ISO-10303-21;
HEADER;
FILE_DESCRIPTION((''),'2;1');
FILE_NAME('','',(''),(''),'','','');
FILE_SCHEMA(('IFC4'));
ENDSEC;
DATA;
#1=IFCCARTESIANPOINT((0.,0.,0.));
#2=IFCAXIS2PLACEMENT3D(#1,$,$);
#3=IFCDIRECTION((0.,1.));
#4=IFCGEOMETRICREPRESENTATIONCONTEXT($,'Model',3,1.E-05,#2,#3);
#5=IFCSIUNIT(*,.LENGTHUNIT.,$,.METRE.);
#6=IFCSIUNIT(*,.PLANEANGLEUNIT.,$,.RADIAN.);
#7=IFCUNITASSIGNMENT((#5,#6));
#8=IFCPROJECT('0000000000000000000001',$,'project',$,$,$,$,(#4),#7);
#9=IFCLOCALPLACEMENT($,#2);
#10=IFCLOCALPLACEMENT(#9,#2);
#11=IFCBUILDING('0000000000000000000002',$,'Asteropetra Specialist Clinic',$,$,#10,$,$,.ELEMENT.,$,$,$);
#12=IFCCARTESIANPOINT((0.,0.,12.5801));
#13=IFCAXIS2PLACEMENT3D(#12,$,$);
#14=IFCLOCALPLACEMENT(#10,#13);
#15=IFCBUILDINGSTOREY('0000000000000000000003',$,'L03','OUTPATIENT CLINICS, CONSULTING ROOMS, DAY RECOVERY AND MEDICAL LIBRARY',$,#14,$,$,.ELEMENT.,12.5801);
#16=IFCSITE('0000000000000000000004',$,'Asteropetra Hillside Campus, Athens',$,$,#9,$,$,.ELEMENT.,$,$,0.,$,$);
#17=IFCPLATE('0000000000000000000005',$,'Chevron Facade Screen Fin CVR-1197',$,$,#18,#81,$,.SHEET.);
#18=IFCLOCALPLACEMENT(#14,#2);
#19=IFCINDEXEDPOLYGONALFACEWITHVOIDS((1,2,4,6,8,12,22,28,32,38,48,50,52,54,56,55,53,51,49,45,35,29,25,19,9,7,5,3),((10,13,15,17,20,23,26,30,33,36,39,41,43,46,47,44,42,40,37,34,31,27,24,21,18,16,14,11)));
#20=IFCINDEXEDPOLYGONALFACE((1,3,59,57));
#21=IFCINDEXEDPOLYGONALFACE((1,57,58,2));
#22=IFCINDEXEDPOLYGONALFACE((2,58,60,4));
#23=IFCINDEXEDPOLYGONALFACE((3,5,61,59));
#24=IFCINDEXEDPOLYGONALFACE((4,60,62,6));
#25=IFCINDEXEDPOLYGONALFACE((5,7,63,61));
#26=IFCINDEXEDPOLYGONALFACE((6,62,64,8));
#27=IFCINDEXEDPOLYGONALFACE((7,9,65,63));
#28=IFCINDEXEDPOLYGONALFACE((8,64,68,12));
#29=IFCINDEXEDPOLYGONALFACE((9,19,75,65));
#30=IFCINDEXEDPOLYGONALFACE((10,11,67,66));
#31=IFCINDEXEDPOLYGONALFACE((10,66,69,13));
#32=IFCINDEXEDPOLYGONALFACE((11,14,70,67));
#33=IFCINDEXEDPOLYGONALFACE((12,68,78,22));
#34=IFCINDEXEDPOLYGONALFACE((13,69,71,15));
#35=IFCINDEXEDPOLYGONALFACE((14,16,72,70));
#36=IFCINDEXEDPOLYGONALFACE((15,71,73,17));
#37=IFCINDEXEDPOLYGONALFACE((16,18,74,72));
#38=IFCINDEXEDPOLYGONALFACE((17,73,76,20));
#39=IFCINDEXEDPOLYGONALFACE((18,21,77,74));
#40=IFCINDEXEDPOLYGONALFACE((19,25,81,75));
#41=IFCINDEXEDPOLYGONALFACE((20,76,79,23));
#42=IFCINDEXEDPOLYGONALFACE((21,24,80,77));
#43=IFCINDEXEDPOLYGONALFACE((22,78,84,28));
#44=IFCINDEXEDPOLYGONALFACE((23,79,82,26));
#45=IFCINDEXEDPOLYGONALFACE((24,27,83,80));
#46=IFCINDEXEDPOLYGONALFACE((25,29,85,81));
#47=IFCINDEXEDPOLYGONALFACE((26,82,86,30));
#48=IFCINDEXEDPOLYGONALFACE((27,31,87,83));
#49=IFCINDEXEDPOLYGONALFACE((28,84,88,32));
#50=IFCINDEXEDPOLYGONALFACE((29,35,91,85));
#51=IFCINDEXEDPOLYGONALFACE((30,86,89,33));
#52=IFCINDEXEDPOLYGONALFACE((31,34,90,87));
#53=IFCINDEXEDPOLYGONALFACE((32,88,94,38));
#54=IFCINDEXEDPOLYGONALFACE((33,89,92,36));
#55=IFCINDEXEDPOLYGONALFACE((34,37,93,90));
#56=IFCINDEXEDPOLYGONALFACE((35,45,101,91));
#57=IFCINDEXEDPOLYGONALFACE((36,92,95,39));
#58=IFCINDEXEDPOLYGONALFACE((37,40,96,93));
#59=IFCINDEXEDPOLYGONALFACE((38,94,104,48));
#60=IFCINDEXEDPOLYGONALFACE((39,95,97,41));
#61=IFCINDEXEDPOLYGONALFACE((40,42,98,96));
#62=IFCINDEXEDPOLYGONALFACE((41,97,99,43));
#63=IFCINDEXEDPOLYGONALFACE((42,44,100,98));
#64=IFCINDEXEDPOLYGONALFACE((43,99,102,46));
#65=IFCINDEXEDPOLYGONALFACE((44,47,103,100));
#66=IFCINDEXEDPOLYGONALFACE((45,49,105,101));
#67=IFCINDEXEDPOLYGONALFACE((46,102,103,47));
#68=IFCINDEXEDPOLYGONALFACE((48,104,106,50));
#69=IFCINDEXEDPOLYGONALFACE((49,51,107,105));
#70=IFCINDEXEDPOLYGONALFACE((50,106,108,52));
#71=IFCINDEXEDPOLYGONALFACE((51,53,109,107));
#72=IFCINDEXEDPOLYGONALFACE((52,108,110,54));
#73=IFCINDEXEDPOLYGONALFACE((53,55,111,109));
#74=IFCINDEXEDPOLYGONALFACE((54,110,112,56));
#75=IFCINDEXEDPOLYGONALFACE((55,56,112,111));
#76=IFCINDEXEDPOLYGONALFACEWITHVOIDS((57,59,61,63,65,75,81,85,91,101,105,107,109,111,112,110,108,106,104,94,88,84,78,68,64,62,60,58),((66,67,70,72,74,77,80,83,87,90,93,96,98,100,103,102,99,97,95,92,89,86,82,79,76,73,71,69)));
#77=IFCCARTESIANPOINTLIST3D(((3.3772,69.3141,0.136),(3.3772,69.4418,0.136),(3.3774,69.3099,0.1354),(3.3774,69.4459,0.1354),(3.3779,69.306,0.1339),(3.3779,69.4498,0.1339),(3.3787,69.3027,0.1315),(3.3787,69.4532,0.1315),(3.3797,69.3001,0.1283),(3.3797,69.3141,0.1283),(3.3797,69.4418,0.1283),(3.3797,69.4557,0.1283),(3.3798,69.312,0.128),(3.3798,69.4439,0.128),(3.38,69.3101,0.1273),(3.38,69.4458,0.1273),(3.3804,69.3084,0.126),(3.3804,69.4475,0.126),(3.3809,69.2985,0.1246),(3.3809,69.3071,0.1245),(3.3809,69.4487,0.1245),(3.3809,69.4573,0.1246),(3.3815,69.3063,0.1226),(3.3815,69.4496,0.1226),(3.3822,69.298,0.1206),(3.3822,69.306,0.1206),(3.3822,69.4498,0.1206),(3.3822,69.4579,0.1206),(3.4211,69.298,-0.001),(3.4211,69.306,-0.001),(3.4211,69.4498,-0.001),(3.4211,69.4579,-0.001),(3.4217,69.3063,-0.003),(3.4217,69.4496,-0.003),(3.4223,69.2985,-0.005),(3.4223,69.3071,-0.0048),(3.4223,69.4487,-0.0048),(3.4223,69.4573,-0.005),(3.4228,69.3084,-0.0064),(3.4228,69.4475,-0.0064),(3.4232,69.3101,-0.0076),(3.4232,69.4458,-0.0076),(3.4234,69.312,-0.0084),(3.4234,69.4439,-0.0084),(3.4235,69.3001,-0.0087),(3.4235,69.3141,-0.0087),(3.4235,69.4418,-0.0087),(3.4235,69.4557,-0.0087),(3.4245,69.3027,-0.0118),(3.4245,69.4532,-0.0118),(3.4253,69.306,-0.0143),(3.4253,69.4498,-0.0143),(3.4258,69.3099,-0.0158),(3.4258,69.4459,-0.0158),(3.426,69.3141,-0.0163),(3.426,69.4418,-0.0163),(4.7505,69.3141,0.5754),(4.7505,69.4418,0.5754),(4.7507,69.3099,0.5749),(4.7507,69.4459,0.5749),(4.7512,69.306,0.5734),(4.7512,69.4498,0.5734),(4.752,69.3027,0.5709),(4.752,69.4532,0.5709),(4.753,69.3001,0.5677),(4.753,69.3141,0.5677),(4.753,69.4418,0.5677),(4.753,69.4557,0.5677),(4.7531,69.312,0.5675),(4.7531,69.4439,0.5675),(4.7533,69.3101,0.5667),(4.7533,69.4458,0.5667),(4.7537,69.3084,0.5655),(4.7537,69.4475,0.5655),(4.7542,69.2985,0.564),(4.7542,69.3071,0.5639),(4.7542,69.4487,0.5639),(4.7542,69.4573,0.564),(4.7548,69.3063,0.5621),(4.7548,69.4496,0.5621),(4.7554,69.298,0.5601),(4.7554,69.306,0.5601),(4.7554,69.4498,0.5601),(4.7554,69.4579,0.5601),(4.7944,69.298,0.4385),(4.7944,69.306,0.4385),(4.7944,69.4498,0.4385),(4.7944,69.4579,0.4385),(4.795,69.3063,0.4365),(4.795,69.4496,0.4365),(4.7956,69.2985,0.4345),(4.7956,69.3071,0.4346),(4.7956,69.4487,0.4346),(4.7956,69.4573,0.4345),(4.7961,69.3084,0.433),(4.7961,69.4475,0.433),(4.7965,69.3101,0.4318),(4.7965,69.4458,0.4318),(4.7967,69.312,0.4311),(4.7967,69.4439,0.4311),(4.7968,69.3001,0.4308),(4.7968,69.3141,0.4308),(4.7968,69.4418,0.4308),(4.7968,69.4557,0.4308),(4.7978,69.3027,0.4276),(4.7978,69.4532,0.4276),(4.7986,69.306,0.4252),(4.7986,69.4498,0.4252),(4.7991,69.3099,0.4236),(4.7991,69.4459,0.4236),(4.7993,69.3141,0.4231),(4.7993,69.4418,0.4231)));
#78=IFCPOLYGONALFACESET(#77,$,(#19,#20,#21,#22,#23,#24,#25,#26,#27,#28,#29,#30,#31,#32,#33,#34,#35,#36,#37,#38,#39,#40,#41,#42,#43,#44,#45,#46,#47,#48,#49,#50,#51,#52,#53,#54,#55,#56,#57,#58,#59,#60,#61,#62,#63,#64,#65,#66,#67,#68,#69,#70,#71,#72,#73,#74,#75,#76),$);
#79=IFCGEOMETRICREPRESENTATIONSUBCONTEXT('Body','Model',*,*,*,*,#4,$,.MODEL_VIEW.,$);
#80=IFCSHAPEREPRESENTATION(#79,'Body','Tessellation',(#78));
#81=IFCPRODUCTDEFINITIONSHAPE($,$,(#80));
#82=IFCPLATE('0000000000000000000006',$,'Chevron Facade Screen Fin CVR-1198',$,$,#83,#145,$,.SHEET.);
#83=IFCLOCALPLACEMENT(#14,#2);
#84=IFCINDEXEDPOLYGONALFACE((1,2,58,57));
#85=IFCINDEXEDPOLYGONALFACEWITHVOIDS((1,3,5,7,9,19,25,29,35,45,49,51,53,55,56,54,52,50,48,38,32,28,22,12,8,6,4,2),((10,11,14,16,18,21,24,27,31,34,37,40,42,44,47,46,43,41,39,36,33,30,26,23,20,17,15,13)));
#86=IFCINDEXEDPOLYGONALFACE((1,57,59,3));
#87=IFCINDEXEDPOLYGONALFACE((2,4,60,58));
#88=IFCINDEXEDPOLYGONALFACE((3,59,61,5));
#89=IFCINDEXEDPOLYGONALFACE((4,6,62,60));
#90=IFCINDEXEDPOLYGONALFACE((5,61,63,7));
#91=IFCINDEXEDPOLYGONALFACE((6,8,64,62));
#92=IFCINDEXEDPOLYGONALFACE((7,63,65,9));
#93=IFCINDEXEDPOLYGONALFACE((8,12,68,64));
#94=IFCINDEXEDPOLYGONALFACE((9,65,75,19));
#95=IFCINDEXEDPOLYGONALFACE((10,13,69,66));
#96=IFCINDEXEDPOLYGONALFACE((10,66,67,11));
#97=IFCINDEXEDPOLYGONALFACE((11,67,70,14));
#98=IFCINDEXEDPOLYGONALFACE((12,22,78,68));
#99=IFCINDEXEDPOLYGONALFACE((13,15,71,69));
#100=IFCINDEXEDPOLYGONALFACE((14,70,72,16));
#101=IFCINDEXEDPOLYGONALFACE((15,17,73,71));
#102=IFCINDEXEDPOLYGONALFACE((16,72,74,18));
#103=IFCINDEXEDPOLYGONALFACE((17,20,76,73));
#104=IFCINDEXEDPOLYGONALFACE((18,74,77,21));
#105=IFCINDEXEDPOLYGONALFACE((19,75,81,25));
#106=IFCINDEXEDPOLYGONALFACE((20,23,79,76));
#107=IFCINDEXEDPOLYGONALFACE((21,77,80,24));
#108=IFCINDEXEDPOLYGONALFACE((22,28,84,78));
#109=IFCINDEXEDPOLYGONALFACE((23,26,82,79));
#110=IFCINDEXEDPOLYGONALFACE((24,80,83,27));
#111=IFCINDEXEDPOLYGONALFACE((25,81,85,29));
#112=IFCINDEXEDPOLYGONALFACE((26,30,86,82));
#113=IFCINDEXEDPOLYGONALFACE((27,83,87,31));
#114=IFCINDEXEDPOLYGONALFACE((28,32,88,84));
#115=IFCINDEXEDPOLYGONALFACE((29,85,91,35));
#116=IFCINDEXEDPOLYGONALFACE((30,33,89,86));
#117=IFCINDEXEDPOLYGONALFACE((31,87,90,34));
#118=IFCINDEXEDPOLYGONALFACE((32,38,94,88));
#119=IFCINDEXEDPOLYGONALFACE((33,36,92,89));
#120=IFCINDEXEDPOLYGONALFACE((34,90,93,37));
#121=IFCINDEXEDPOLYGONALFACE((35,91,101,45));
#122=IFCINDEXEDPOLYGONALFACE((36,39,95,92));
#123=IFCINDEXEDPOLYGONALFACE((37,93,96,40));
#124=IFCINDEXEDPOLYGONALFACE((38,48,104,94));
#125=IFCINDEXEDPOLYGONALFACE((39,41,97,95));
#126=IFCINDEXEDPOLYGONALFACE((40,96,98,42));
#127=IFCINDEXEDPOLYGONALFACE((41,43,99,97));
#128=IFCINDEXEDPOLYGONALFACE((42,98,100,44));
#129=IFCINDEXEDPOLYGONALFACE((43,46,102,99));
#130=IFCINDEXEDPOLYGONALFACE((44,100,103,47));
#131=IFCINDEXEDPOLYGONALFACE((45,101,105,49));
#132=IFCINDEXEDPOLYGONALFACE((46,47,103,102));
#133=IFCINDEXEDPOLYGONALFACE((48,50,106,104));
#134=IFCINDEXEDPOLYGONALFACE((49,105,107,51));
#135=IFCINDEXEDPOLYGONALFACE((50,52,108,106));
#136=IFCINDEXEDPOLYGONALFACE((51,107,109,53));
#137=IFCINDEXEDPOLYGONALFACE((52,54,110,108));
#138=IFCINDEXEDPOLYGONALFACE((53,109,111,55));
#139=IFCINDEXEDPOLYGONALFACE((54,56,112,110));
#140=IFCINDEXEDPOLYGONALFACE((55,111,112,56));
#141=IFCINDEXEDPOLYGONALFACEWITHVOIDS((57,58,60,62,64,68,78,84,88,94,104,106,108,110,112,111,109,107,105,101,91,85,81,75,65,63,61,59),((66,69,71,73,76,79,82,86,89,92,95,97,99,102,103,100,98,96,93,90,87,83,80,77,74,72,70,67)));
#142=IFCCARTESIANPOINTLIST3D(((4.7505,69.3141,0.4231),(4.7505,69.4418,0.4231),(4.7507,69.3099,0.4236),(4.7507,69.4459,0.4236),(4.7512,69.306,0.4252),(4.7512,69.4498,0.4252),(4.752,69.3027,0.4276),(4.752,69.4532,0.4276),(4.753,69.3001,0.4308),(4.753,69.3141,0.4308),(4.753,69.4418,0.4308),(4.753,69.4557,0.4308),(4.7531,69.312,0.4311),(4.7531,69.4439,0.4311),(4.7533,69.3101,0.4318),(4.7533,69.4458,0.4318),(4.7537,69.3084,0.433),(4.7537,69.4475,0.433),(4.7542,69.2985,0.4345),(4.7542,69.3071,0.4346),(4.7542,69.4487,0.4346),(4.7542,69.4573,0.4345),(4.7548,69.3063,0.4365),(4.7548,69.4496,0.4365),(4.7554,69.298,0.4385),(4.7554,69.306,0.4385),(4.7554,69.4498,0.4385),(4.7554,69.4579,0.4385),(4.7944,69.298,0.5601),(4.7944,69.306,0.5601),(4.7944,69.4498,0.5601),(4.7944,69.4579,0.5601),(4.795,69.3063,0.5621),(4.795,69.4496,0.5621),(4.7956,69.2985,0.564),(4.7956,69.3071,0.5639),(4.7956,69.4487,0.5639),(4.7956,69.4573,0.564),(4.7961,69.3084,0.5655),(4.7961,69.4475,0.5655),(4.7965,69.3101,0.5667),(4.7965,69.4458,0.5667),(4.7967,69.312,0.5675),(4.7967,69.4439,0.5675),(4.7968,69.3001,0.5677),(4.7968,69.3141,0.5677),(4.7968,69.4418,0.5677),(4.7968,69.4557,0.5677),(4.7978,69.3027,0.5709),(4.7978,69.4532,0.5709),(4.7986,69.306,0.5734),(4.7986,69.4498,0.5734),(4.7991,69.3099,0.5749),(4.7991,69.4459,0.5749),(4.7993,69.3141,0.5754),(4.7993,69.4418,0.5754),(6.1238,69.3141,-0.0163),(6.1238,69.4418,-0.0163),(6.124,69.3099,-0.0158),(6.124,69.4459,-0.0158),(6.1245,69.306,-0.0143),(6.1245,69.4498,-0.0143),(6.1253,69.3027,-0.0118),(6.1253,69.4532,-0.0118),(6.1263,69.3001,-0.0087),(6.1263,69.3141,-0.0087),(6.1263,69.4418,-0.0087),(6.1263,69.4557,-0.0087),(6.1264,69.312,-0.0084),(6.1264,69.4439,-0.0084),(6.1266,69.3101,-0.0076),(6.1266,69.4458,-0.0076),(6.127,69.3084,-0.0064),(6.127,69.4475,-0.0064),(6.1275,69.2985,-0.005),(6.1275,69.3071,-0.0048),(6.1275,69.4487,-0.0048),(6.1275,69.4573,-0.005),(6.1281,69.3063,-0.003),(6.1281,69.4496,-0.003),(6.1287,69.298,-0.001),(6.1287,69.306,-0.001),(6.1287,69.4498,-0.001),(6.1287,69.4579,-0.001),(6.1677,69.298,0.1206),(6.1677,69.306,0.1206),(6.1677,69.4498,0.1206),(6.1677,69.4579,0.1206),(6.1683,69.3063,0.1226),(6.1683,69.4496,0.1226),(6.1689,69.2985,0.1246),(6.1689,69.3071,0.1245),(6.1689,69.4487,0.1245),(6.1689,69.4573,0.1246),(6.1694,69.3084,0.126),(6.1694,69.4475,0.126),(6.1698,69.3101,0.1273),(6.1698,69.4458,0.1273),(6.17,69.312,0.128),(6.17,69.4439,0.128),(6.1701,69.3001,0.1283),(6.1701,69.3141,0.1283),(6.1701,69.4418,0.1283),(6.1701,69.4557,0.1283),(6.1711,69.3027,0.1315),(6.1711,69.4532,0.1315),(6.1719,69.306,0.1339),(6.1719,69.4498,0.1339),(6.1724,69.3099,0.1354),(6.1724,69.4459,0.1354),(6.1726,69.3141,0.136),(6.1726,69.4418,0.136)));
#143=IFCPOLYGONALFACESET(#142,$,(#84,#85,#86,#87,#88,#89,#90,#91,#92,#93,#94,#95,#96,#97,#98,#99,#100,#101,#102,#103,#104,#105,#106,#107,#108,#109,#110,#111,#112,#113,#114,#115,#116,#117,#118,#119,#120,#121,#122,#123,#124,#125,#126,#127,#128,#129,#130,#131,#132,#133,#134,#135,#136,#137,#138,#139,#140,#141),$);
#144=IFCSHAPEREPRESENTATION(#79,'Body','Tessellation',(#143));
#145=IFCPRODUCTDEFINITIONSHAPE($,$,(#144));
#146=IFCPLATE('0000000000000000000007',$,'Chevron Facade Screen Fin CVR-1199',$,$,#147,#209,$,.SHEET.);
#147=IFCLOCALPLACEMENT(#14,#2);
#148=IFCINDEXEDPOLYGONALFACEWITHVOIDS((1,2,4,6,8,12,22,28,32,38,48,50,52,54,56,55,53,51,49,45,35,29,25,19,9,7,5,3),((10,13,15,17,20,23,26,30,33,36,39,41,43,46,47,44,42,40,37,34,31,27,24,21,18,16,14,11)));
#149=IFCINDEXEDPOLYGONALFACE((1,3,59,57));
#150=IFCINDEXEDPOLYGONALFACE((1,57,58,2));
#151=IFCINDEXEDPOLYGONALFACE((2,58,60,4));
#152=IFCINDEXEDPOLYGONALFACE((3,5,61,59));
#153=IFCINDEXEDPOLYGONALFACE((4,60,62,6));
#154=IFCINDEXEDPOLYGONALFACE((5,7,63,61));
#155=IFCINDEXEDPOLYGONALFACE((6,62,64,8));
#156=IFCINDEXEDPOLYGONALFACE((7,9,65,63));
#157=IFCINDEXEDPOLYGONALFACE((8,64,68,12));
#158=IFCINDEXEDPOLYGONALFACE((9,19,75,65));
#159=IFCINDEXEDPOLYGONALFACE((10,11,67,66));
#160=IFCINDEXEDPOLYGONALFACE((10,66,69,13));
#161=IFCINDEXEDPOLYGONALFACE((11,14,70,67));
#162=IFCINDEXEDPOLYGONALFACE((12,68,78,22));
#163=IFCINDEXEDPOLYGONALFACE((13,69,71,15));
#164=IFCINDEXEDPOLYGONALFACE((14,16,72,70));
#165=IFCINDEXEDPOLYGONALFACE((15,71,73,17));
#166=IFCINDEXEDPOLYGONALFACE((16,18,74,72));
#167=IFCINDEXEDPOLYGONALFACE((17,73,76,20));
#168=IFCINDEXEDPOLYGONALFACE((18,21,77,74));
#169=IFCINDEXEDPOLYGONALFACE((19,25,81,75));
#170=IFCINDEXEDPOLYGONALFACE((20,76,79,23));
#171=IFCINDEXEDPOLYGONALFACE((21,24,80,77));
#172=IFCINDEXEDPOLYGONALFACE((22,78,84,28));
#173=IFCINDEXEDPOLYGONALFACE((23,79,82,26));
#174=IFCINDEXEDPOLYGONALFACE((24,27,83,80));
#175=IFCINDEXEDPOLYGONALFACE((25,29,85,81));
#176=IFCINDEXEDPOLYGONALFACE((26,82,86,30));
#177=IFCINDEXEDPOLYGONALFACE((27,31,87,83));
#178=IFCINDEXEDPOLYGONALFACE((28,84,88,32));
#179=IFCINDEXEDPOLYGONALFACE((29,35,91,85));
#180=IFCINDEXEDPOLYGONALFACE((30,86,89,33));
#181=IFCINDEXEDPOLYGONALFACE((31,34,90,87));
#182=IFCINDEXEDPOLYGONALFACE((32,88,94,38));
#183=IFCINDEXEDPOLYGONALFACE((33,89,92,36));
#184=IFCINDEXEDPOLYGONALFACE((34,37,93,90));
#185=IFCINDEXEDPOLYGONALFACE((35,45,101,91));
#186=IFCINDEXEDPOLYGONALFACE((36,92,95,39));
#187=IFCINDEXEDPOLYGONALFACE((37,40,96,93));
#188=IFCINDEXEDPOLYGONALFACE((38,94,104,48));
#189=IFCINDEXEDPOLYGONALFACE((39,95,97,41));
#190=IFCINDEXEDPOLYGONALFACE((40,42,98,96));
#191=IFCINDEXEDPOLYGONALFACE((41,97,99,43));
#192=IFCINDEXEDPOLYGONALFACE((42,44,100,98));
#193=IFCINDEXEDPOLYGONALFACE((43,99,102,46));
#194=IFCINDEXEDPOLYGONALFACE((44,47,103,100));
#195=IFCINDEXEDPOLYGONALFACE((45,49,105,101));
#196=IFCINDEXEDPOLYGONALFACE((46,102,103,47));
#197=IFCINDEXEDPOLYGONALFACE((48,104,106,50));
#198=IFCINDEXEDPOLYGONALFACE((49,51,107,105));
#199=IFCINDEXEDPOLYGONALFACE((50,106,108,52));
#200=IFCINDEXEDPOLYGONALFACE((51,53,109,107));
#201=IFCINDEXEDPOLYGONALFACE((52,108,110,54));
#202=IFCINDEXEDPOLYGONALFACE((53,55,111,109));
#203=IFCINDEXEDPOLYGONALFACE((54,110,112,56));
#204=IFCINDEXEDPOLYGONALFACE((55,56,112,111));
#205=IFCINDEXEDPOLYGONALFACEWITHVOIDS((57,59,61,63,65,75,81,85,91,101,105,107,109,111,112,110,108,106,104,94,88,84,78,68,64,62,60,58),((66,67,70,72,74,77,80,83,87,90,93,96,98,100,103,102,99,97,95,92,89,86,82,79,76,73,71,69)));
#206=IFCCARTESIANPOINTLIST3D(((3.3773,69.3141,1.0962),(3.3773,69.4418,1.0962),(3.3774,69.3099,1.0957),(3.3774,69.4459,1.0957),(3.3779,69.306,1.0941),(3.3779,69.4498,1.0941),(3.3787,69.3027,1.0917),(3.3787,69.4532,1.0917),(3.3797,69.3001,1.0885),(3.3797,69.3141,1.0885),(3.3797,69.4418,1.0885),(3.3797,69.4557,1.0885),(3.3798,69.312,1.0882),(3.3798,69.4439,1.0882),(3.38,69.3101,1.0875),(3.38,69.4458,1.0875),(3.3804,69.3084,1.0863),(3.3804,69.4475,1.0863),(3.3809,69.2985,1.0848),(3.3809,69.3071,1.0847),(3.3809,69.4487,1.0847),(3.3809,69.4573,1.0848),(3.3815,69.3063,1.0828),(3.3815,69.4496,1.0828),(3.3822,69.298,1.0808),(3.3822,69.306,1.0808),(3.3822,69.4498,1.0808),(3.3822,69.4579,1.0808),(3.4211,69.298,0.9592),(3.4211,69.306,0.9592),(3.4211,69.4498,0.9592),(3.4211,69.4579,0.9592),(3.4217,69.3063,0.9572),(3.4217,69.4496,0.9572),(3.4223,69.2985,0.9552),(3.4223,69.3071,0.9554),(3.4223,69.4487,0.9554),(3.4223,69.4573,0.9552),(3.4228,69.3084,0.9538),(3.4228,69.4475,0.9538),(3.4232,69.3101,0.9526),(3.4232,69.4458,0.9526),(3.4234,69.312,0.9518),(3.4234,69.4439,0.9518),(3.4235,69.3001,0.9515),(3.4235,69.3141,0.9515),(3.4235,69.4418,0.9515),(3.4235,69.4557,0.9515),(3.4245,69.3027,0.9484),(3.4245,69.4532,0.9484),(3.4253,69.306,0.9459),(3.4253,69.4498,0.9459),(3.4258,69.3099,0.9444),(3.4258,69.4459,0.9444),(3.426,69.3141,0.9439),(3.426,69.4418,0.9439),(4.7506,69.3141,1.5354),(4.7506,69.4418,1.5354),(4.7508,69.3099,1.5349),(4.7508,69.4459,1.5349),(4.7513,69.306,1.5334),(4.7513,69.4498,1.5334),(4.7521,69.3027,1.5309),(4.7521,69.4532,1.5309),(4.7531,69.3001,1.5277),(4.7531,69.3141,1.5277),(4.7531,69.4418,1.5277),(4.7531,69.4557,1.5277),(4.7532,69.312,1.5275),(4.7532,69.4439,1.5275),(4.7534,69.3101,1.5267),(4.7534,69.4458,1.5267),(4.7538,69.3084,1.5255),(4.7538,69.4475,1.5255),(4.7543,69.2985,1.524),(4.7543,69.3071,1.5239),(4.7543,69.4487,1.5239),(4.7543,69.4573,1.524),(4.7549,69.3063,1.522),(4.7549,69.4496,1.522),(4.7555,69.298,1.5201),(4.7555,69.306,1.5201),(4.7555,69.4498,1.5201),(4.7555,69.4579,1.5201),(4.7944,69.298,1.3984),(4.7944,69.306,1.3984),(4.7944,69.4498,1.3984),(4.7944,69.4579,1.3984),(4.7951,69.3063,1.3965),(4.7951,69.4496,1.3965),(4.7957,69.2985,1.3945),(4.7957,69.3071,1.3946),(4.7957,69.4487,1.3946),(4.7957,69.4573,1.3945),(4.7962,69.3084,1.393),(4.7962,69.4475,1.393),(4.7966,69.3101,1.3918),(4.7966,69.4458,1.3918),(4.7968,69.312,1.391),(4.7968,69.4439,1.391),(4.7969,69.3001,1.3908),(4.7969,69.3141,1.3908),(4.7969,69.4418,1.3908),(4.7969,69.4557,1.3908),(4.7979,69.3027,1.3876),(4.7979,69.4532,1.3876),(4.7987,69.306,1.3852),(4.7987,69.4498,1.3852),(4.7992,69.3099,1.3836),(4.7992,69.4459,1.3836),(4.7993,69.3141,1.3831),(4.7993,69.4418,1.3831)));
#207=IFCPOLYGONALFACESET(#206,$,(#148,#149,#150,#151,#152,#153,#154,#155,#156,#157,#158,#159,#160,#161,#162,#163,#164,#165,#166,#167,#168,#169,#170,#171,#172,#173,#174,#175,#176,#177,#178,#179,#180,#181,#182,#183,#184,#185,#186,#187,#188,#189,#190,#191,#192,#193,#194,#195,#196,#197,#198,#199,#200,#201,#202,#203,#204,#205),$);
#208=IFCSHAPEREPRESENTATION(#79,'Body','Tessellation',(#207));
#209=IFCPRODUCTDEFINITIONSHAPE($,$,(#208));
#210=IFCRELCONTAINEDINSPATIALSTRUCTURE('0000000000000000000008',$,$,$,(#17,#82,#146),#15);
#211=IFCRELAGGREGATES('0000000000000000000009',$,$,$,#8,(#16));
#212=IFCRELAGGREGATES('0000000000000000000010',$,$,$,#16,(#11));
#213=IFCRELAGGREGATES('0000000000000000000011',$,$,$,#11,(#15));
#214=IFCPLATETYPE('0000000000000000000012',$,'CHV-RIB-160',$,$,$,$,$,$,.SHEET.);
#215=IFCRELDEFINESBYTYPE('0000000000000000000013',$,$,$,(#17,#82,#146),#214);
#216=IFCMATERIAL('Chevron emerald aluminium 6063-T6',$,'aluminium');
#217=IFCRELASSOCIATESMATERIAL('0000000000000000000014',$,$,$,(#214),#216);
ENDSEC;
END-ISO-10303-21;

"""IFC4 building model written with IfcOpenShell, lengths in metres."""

from ifc_helpers import new_model, si_unit, direction, frame, origin, origin_2d, place, context, subcontext, project, spatial, hollow_rectangle, extrude, material, material_profile, profile_set, type_object, element, save


model = new_model("IFC4")

# Units and contexts
model_context = context("Model", 3, precision=1e-05, world=origin(), true_north=direction((0.0, 1.0)))
body_context = subcontext(model_context, "Body", "Model", "MODEL_VIEW")
ifc_project = project(units=[si_unit("LENGTHUNIT", "METRE"), si_unit("PLANEANGLEUNIT", "RADIAN")], contexts=[model_context])

# Site, building, storey
site_placement = place(None, origin())
site = spatial("IfcSite", under=ifc_project, at=site_placement, Name="Asteropetra Hillside Campus, Athens", CompositionType="ELEMENT", RefElevation=0.0)
building_placement = place(site_placement, origin())
building = spatial("IfcBuilding", under=site, at=building_placement, Name="Asteropetra Specialist Clinic", CompositionType="ELEMENT")
storey_placement = place(building_placement, frame((0.0, 0.0, 12.5801)))
storey = spatial("IfcBuildingStorey", under=building, at=storey_placement, Name="L03", Description="OUTPATIENT CLINICS, CONSULTING ROOMS, DAY RECOVERY AND MEDICAL LIBRARY", CompositionType="ELEMENT", Elevation=12.5801)

# Plates
ifc_material_1 = material(Name="Chevron emerald aluminium 6063-T6", Category="aluminium")
ifc_material_profile = material_profile(ifc_material_1, hollow_rectangle(XDim=0.1599, YDim=0.1599, WallThickness=0.0081, InnerFilletRadius=0.0081, OuterFilletRadius=0.0161, at=origin_2d()), Name="SHS 160x160x8.0")
ifc_profile_set = profile_set([ifc_material_profile], Name="Chevron emerald aluminium 6063-T6")
plate_type_1 = type_object("IfcPlateType", Name="CHV-RIB-160", PredefinedType="SHEET", material=ifc_profile_set)
for number, where, z_axis, x_axis, name in (
    (1, (3.4016, 69.3779, 0.0598), (0.952424, 0.0, 0.304776), (0.0, 1.0, 0.0), "Chevron Facade Screen Fin CVR-1197"),
    (2, (4.7749, 69.3779, 0.4993), (0.952424, 0.0, -0.304776), (0.0, 1.0, 0.0), "Chevron Facade Screen Fin CVR-1198"),
    (3, (3.4016, 69.3779, 1.02), (0.952473, 0.0, 0.304622), (0.0, 1.0, 0.0), "Chevron Facade Screen Fin CVR-1199"),
):
    element("IfcPlate", number, at=place(storey_placement, frame(where, z_axis=z_axis, x_axis=x_axis)), inside=storey, type_object=plate_type_1, Name=name, PredefinedType="SHEET", context=body_context, shape_type="SweptSolid", body=[
        extrude(hollow_rectangle(XDim=0.1599, YDim=0.1599, WallThickness=0.0081, InnerFilletRadius=0.0081, OuterFilletRadius=0.0161, at=origin_2d()), origin(), (0.0, 0.0, 1.0), 1.4419),
    ])

save(model, "model.ifc")
